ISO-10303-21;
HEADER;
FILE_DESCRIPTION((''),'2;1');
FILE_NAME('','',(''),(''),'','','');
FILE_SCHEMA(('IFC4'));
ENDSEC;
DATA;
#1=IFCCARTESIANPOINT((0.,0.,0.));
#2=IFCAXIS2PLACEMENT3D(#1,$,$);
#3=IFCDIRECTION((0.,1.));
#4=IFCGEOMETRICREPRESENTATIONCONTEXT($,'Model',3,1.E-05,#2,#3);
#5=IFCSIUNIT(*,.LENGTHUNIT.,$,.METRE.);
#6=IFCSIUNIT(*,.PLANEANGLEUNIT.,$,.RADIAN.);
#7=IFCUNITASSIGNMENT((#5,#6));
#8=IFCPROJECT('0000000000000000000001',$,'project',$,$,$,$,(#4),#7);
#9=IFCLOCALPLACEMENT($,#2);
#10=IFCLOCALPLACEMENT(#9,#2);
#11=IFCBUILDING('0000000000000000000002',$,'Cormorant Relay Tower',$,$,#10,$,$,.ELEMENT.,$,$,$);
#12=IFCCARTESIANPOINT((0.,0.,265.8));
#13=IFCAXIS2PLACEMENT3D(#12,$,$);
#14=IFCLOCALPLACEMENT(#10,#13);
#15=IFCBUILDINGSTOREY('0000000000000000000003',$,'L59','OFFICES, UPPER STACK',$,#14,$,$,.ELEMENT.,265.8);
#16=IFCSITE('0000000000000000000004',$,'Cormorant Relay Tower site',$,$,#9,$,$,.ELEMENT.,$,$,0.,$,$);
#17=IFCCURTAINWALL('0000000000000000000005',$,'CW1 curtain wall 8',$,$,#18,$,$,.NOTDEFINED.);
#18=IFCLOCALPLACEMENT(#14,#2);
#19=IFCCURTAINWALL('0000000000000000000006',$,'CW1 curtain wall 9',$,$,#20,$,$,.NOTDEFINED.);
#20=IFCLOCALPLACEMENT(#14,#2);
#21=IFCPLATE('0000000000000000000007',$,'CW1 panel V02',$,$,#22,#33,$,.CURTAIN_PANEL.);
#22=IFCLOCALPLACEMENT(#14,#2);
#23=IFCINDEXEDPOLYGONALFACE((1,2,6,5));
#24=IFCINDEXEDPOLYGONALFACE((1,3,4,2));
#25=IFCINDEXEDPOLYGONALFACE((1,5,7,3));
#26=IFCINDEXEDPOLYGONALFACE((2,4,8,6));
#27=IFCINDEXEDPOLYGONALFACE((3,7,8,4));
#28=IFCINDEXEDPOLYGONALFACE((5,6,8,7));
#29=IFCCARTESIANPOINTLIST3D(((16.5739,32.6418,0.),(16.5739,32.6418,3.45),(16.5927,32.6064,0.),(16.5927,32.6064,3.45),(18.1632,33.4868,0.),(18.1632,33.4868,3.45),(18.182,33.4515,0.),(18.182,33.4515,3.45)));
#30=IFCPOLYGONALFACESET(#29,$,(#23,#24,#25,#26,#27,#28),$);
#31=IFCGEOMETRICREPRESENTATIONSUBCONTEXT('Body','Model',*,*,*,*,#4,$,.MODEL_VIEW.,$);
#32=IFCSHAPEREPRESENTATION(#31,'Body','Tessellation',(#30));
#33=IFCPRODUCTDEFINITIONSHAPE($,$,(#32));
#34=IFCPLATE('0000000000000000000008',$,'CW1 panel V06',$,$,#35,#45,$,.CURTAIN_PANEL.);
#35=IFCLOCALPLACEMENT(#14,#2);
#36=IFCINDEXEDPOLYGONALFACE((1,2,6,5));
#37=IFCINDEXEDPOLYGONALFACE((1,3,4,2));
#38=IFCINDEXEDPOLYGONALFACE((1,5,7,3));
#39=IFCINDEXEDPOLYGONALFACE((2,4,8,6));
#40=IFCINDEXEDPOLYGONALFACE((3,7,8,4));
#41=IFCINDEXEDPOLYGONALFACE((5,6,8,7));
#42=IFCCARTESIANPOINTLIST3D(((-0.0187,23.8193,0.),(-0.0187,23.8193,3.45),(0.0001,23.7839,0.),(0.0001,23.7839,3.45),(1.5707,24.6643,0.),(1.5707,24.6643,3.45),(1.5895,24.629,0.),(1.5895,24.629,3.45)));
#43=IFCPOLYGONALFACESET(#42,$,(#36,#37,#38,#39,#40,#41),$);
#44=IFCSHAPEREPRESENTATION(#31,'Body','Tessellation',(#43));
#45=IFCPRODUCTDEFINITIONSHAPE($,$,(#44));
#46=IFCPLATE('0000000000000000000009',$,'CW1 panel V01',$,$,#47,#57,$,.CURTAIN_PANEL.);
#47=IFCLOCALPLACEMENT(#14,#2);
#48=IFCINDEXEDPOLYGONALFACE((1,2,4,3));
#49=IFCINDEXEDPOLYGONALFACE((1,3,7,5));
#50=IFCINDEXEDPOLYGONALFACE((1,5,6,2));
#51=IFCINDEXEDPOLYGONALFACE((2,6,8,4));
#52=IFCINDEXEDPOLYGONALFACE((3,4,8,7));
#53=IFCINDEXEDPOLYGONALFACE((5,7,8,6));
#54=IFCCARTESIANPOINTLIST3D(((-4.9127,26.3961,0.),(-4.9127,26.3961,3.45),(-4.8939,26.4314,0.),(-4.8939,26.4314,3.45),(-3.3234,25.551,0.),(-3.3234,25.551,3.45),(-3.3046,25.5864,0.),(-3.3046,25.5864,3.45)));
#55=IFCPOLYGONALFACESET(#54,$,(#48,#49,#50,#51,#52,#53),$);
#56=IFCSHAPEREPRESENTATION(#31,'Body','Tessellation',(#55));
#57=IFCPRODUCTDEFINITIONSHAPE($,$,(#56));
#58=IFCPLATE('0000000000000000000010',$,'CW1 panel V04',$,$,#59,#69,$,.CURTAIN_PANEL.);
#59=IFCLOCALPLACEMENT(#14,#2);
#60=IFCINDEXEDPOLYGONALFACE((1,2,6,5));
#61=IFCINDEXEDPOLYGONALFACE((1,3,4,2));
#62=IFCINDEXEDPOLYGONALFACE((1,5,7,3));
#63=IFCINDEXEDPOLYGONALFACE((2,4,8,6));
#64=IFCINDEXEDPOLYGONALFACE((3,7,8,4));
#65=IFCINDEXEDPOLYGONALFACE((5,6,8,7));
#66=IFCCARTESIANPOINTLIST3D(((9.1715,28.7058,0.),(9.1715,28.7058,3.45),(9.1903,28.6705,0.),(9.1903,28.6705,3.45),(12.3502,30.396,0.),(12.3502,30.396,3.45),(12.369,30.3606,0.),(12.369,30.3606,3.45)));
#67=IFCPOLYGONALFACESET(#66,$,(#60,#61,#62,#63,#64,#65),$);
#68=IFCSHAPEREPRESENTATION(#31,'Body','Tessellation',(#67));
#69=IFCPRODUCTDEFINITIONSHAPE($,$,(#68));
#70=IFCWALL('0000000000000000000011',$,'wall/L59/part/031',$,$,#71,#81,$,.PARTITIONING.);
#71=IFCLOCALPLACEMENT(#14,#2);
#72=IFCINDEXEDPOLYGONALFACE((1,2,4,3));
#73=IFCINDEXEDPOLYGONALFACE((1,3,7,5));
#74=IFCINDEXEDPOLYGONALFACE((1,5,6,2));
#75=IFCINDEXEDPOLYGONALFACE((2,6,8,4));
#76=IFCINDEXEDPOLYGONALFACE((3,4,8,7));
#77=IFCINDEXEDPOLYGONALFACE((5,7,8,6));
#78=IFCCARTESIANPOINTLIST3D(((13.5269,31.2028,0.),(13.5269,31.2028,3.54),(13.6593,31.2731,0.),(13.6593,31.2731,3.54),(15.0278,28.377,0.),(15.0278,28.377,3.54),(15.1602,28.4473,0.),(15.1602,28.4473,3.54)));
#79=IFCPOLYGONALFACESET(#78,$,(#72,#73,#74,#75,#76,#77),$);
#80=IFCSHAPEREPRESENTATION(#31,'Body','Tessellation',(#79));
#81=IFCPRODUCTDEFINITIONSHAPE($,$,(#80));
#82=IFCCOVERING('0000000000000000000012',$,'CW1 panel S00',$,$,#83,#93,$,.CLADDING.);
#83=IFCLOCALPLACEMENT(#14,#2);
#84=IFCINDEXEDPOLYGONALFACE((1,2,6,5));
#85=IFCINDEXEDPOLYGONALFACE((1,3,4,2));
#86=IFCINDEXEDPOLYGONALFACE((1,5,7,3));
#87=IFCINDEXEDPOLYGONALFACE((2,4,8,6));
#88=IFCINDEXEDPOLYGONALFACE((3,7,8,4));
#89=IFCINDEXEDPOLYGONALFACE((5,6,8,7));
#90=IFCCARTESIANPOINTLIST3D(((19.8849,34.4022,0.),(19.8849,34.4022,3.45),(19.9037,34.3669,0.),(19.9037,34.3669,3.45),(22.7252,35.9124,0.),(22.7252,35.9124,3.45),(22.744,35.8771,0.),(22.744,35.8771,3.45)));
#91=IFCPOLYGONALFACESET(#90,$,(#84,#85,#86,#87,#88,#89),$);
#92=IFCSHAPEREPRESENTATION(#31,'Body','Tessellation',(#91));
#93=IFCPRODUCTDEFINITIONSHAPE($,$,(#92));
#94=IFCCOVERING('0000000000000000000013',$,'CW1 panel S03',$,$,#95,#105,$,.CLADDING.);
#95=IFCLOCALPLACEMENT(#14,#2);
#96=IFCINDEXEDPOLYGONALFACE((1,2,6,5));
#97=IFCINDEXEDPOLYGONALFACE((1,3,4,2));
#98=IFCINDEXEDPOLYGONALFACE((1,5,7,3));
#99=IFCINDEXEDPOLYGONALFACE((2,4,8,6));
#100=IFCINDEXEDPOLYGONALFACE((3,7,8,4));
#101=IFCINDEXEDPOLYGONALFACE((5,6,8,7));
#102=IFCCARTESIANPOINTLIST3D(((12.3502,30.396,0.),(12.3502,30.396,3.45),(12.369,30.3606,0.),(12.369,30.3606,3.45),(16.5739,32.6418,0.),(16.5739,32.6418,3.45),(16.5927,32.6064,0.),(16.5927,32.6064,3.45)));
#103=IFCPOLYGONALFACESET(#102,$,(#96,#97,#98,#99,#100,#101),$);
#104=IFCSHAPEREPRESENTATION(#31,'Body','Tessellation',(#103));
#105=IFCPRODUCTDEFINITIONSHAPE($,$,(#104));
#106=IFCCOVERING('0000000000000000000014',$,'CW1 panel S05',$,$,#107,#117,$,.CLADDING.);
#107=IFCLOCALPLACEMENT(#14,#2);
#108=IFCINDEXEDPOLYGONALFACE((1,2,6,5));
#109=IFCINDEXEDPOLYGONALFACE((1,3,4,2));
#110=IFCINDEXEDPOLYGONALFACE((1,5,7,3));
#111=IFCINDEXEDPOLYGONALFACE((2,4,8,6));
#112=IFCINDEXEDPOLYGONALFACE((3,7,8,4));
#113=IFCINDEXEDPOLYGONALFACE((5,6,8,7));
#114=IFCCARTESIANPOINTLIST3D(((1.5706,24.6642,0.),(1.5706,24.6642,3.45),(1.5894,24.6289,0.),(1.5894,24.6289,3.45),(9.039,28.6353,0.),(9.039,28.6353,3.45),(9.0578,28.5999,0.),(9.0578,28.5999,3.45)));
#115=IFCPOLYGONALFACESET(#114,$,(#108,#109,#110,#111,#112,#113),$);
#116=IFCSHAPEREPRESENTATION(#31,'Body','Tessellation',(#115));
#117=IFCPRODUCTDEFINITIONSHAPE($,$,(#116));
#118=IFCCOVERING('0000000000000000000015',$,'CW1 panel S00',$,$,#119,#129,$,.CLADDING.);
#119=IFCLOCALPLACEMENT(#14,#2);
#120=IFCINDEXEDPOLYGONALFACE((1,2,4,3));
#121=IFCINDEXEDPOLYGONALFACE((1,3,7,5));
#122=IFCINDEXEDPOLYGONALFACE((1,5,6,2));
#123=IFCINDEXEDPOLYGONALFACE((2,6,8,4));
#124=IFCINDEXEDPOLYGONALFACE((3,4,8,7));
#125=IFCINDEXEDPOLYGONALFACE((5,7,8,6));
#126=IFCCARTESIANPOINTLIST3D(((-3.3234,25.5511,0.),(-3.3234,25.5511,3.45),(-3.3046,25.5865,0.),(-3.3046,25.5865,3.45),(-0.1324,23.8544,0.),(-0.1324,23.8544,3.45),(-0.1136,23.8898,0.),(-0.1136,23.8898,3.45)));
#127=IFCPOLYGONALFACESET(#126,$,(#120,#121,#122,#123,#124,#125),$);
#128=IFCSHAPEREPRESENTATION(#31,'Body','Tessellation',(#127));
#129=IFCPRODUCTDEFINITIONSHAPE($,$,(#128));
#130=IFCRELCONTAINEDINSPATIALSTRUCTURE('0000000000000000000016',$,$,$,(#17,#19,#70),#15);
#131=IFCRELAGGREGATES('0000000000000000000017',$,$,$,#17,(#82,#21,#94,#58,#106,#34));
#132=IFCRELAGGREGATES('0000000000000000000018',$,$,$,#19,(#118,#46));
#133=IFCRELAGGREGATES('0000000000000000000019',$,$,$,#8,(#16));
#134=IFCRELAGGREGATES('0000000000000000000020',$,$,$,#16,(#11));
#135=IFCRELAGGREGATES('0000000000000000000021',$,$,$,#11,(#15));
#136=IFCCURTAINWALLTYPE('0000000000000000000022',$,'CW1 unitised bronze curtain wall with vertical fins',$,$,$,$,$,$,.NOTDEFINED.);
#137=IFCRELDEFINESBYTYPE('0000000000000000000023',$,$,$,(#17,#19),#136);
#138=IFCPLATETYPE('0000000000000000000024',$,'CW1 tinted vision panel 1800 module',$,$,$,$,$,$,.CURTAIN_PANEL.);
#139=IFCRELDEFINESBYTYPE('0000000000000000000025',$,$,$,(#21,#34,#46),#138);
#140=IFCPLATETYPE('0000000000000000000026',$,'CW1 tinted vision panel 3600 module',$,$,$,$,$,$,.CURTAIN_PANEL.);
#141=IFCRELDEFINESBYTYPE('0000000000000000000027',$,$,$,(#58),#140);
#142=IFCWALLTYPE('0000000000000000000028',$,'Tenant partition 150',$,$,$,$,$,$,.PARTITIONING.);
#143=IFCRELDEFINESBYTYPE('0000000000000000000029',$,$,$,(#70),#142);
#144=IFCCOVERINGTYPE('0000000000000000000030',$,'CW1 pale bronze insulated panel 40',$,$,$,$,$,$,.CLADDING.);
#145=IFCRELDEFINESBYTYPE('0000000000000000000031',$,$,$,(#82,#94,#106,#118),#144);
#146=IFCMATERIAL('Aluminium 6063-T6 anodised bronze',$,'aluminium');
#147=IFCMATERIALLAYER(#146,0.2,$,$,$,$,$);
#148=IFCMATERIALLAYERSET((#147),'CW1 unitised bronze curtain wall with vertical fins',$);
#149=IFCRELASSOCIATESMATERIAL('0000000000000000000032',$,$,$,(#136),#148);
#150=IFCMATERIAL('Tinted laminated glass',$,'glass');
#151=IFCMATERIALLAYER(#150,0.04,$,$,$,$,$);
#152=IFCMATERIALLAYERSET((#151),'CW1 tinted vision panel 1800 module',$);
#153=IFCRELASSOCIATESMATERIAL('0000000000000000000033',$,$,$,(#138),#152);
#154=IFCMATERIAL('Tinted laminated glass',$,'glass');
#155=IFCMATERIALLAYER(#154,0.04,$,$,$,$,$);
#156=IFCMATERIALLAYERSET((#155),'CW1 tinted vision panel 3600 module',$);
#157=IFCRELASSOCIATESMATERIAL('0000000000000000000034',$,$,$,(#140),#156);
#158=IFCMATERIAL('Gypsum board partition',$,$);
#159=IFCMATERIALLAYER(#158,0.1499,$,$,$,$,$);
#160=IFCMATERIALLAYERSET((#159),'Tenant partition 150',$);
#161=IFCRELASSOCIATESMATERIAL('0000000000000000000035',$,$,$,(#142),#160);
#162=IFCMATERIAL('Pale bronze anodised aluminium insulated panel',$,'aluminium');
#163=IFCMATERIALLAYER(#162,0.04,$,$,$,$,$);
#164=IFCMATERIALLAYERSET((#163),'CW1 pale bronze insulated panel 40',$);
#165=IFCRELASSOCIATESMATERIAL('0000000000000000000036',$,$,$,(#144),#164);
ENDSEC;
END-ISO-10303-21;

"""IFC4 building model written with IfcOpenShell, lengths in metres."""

from ifc_helpers import new_model, si_unit, direction, frame, frame_2d, origin, origin_2d, place, context, subcontext, project, spatial, rectangle, extrude, material, layer, layer_set, type_object, element, aggregate, save


model = new_model("IFC4")

# Units and contexts
model_context = context("Model", 3, precision=1e-05, world=origin(), true_north=direction((0.0, 1.0)))
body_context = subcontext(model_context, "Body", "Model", "MODEL_VIEW")
ifc_project = project(units=[si_unit("LENGTHUNIT", "METRE"), si_unit("PLANEANGLEUNIT", "RADIAN")], contexts=[model_context])

# Site, building, storey
site_placement = place(None, origin())
site = spatial("IfcSite", under=ifc_project, at=site_placement, Name="Cormorant Relay Tower site", CompositionType="ELEMENT", RefElevation=0.0)
building_placement = place(site_placement, origin())
building = spatial("IfcBuilding", under=site, at=building_placement, Name="Cormorant Relay Tower", CompositionType="ELEMENT")
storey_placement = place(building_placement, frame((0.0, 0.0, 265.8)))
storey = spatial("IfcBuildingStorey", under=building, at=storey_placement, Name="L59", Description="OFFICES, UPPER STACK", CompositionType="ELEMENT", Elevation=265.8)

# Curtain walls
ifc_material_1 = material(Name="Aluminium 6063-T6 anodised bronze", Category="aluminium")
ifc_layer_1 = layer(ifc_material_1, 0.2)
ifc_layer_set_1 = layer_set([ifc_layer_1], Name="CW1 unitised bronze curtain wall with vertical fins")
curtain_wall_type = type_object("IfcCurtainWallType", Name="CW1 unitised bronze curtain wall with vertical fins", PredefinedType="NOTDEFINED", material=ifc_layer_set_1)
curtain_wall_1_placement = place(storey_placement, origin())
curtain_wall_1 = element("IfcCurtainWall", 1, at=curtain_wall_1_placement, inside=storey, type_object=curtain_wall_type, Name="CW1 curtain wall 8", PredefinedType="NOTDEFINED")
curtain_wall_2_placement = place(storey_placement, origin())
curtain_wall_2 = element("IfcCurtainWall", 2, at=curtain_wall_2_placement, inside=storey, type_object=curtain_wall_type, Name="CW1 curtain wall 9", PredefinedType="NOTDEFINED")

# Plates
ifc_material_2 = material(Name="Tinted laminated glass", Category="glass")
ifc_layer_2 = layer(ifc_material_2, 0.04)
ifc_layer_set_2 = layer_set([ifc_layer_2], Name="CW1 tinted vision panel 1800 module")
plate_type_1 = type_object("IfcPlateType", Name="CW1 tinted vision panel 1800 module", PredefinedType="CURTAIN_PANEL", material=ifc_layer_set_2)
plate_1_placement = place(storey_placement, frame((17.3779, 33.0466, 0.0), z_axis=(0.0, 0.0, 1.0), x_axis=(-0.882948, -0.469472, 0.0)))
plate_1 = element("IfcPlate", 3, at=plate_1_placement, type_object=plate_type_1, Name="CW1 panel V02", PredefinedType="CURTAIN_PANEL", context=body_context, shape_type="SweptSolid", body=[
    extrude(rectangle(XDim=1.8, YDim=0.04, at=origin_2d()), origin(), (0.0, 0.0, 1.0), 3.45),
])
plate_2_placement = place(storey_placement, frame((0.7854, 24.2241, 0.0), z_axis=(0.0, 0.0, 1.0), x_axis=(-0.882948, -0.469472, 0.0)))
plate_2 = element("IfcPlate", 4, at=plate_2_placement, type_object=plate_type_1, Name="CW1 panel V06", PredefinedType="CURTAIN_PANEL", context=body_context, shape_type="SweptSolid", body=[
    extrude(rectangle(XDim=1.8, YDim=0.04, at=origin_2d()), origin(), (0.0, 0.0, 1.0), 3.45),
])
plate_3_placement = place(storey_placement, frame((-4.1086, 25.9912, 0.0), z_axis=(0.0, 0.0, 1.0), x_axis=(-0.882948, 0.469472, 0.0)))
plate_3 = element("IfcPlate", 5, at=plate_3_placement, type_object=plate_type_1, Name="CW1 panel V01", PredefinedType="CURTAIN_PANEL", context=body_context, shape_type="SweptSolid", body=[
    extrude(rectangle(XDim=1.8, YDim=0.04, at=origin_2d()), origin(), (0.0, 0.0, 1.0), 3.45),
])
ifc_material_3 = material(Name="Tinted laminated glass", Category="glass")
ifc_layer_3 = layer(ifc_material_3, 0.04)
ifc_layer_set_3 = layer_set([ifc_layer_3], Name="CW1 tinted vision panel 3600 module")
plate_type_2 = type_object("IfcPlateType", Name="CW1 tinted vision panel 3600 module", PredefinedType="CURTAIN_PANEL", material=ifc_layer_set_3)
plate_4_placement = place(storey_placement, frame((10.7703, 29.5332, 0.0), z_axis=(0.0, 0.0, 1.0), x_axis=(-0.882948, -0.469472, 0.0)))
plate_4 = element("IfcPlate", 6, at=plate_4_placement, type_object=plate_type_2, Name="CW1 panel V04", PredefinedType="CURTAIN_PANEL", context=body_context, shape_type="SweptSolid", body=[
    extrude(rectangle(XDim=3.6001, YDim=0.04, at=origin_2d()), origin(), (0.0, 0.0, 1.0), 3.45),
])

# Wall
ifc_material_4 = material(Name="Gypsum board partition")
ifc_layer_4 = layer(ifc_material_4, 0.1499)
ifc_layer_set_4 = layer_set([ifc_layer_4], Name="Tenant partition 150")
wall_type = type_object("IfcWallType", Name="Tenant partition 150", PredefinedType="PARTITIONING", material=ifc_layer_set_4)
wall_placement = place(storey_placement, frame((15.094, 28.4121, 0.0), z_axis=(0.0, 0.0, 1.0), x_axis=(-0.469083, 0.883154, 0.0)))
element("IfcWall", 7, at=wall_placement, inside=storey, type_object=wall_type, Name="wall/L59/part/031", PredefinedType="PARTITIONING", context=body_context, shape_type="SweptSolid", body=[
    extrude(rectangle(XDim=3.1997, YDim=0.1499, at=frame_2d((1.5999, 0.0))), origin(), (0.0, 0.0, 1.0), 3.54),
])

# Coverings
ifc_material_5 = material(Name="Pale bronze anodised aluminium insulated panel", Category="aluminium")
ifc_layer_5 = layer(ifc_material_5, 0.04)
ifc_layer_set_5 = layer_set([ifc_layer_5], Name="CW1 pale bronze insulated panel 40")
covering_type = type_object("IfcCoveringType", Name="CW1 pale bronze insulated panel 40", PredefinedType="CLADDING", material=ifc_layer_set_5)
covering_1_placement = place(storey_placement, frame((21.3145, 35.1396, 0.0), z_axis=(0.0, 0.0, 1.0), x_axis=(-0.882948, -0.469472, 0.0)))
covering_1 = element("IfcCovering", 8, at=covering_1_placement, type_object=covering_type, Name="CW1 panel S00", PredefinedType="CLADDING", context=body_context, shape_type="SweptSolid", body=[
    extrude(rectangle(XDim=3.2168, YDim=0.04, at=origin_2d()), origin(), (0.0, 0.0, 1.0), 3.45),
])
covering_2_placement = place(storey_placement, frame((14.4714, 31.5012, 0.0), z_axis=(0.0, 0.0, 1.0), x_axis=(-0.882948, -0.469472, 0.0)))
covering_2 = element("IfcCovering", 9, at=covering_2_placement, type_object=covering_type, Name="CW1 panel S03", PredefinedType="CLADDING", context=body_context, shape_type="SweptSolid", body=[
    extrude(rectangle(XDim=4.7837, YDim=0.04, at=origin_2d()), origin(), (0.0, 0.0, 1.0), 3.45),
])
covering_3_placement = place(storey_placement, frame((5.3142, 26.6321, 0.0), z_axis=(0.0, 0.0, 1.0), x_axis=(-0.882948, -0.469472, 0.0)))
covering_3 = element("IfcCovering", 10, at=covering_3_placement, type_object=covering_type, Name="CW1 panel S05", PredefinedType="CLADDING", context=body_context, shape_type="SweptSolid", body=[
    extrude(rectangle(XDim=8.4585, YDim=0.04, at=origin_2d()), origin(), (0.0, 0.0, 1.0), 3.45),
])
aggregate(curtain_wall_1, [covering_1, plate_1, covering_2, plate_4, covering_3, plate_2])
covering_4_placement = place(storey_placement, frame((-1.7185, 24.7205, 0.0), z_axis=(0.0, 0.0, 1.0), x_axis=(-0.882948, 0.469472, 0.0)))
covering_4 = element("IfcCovering", 11, at=covering_4_placement, type_object=covering_type, Name="CW1 panel S00", PredefinedType="CLADDING", context=body_context, shape_type="SweptSolid", body=[
    extrude(rectangle(XDim=3.614, YDim=0.04, at=origin_2d()), origin(), (0.0, 0.0, 1.0), 3.45),
])
aggregate(curtain_wall_2, [covering_4, plate_3])

save(model, "model.ifc")
